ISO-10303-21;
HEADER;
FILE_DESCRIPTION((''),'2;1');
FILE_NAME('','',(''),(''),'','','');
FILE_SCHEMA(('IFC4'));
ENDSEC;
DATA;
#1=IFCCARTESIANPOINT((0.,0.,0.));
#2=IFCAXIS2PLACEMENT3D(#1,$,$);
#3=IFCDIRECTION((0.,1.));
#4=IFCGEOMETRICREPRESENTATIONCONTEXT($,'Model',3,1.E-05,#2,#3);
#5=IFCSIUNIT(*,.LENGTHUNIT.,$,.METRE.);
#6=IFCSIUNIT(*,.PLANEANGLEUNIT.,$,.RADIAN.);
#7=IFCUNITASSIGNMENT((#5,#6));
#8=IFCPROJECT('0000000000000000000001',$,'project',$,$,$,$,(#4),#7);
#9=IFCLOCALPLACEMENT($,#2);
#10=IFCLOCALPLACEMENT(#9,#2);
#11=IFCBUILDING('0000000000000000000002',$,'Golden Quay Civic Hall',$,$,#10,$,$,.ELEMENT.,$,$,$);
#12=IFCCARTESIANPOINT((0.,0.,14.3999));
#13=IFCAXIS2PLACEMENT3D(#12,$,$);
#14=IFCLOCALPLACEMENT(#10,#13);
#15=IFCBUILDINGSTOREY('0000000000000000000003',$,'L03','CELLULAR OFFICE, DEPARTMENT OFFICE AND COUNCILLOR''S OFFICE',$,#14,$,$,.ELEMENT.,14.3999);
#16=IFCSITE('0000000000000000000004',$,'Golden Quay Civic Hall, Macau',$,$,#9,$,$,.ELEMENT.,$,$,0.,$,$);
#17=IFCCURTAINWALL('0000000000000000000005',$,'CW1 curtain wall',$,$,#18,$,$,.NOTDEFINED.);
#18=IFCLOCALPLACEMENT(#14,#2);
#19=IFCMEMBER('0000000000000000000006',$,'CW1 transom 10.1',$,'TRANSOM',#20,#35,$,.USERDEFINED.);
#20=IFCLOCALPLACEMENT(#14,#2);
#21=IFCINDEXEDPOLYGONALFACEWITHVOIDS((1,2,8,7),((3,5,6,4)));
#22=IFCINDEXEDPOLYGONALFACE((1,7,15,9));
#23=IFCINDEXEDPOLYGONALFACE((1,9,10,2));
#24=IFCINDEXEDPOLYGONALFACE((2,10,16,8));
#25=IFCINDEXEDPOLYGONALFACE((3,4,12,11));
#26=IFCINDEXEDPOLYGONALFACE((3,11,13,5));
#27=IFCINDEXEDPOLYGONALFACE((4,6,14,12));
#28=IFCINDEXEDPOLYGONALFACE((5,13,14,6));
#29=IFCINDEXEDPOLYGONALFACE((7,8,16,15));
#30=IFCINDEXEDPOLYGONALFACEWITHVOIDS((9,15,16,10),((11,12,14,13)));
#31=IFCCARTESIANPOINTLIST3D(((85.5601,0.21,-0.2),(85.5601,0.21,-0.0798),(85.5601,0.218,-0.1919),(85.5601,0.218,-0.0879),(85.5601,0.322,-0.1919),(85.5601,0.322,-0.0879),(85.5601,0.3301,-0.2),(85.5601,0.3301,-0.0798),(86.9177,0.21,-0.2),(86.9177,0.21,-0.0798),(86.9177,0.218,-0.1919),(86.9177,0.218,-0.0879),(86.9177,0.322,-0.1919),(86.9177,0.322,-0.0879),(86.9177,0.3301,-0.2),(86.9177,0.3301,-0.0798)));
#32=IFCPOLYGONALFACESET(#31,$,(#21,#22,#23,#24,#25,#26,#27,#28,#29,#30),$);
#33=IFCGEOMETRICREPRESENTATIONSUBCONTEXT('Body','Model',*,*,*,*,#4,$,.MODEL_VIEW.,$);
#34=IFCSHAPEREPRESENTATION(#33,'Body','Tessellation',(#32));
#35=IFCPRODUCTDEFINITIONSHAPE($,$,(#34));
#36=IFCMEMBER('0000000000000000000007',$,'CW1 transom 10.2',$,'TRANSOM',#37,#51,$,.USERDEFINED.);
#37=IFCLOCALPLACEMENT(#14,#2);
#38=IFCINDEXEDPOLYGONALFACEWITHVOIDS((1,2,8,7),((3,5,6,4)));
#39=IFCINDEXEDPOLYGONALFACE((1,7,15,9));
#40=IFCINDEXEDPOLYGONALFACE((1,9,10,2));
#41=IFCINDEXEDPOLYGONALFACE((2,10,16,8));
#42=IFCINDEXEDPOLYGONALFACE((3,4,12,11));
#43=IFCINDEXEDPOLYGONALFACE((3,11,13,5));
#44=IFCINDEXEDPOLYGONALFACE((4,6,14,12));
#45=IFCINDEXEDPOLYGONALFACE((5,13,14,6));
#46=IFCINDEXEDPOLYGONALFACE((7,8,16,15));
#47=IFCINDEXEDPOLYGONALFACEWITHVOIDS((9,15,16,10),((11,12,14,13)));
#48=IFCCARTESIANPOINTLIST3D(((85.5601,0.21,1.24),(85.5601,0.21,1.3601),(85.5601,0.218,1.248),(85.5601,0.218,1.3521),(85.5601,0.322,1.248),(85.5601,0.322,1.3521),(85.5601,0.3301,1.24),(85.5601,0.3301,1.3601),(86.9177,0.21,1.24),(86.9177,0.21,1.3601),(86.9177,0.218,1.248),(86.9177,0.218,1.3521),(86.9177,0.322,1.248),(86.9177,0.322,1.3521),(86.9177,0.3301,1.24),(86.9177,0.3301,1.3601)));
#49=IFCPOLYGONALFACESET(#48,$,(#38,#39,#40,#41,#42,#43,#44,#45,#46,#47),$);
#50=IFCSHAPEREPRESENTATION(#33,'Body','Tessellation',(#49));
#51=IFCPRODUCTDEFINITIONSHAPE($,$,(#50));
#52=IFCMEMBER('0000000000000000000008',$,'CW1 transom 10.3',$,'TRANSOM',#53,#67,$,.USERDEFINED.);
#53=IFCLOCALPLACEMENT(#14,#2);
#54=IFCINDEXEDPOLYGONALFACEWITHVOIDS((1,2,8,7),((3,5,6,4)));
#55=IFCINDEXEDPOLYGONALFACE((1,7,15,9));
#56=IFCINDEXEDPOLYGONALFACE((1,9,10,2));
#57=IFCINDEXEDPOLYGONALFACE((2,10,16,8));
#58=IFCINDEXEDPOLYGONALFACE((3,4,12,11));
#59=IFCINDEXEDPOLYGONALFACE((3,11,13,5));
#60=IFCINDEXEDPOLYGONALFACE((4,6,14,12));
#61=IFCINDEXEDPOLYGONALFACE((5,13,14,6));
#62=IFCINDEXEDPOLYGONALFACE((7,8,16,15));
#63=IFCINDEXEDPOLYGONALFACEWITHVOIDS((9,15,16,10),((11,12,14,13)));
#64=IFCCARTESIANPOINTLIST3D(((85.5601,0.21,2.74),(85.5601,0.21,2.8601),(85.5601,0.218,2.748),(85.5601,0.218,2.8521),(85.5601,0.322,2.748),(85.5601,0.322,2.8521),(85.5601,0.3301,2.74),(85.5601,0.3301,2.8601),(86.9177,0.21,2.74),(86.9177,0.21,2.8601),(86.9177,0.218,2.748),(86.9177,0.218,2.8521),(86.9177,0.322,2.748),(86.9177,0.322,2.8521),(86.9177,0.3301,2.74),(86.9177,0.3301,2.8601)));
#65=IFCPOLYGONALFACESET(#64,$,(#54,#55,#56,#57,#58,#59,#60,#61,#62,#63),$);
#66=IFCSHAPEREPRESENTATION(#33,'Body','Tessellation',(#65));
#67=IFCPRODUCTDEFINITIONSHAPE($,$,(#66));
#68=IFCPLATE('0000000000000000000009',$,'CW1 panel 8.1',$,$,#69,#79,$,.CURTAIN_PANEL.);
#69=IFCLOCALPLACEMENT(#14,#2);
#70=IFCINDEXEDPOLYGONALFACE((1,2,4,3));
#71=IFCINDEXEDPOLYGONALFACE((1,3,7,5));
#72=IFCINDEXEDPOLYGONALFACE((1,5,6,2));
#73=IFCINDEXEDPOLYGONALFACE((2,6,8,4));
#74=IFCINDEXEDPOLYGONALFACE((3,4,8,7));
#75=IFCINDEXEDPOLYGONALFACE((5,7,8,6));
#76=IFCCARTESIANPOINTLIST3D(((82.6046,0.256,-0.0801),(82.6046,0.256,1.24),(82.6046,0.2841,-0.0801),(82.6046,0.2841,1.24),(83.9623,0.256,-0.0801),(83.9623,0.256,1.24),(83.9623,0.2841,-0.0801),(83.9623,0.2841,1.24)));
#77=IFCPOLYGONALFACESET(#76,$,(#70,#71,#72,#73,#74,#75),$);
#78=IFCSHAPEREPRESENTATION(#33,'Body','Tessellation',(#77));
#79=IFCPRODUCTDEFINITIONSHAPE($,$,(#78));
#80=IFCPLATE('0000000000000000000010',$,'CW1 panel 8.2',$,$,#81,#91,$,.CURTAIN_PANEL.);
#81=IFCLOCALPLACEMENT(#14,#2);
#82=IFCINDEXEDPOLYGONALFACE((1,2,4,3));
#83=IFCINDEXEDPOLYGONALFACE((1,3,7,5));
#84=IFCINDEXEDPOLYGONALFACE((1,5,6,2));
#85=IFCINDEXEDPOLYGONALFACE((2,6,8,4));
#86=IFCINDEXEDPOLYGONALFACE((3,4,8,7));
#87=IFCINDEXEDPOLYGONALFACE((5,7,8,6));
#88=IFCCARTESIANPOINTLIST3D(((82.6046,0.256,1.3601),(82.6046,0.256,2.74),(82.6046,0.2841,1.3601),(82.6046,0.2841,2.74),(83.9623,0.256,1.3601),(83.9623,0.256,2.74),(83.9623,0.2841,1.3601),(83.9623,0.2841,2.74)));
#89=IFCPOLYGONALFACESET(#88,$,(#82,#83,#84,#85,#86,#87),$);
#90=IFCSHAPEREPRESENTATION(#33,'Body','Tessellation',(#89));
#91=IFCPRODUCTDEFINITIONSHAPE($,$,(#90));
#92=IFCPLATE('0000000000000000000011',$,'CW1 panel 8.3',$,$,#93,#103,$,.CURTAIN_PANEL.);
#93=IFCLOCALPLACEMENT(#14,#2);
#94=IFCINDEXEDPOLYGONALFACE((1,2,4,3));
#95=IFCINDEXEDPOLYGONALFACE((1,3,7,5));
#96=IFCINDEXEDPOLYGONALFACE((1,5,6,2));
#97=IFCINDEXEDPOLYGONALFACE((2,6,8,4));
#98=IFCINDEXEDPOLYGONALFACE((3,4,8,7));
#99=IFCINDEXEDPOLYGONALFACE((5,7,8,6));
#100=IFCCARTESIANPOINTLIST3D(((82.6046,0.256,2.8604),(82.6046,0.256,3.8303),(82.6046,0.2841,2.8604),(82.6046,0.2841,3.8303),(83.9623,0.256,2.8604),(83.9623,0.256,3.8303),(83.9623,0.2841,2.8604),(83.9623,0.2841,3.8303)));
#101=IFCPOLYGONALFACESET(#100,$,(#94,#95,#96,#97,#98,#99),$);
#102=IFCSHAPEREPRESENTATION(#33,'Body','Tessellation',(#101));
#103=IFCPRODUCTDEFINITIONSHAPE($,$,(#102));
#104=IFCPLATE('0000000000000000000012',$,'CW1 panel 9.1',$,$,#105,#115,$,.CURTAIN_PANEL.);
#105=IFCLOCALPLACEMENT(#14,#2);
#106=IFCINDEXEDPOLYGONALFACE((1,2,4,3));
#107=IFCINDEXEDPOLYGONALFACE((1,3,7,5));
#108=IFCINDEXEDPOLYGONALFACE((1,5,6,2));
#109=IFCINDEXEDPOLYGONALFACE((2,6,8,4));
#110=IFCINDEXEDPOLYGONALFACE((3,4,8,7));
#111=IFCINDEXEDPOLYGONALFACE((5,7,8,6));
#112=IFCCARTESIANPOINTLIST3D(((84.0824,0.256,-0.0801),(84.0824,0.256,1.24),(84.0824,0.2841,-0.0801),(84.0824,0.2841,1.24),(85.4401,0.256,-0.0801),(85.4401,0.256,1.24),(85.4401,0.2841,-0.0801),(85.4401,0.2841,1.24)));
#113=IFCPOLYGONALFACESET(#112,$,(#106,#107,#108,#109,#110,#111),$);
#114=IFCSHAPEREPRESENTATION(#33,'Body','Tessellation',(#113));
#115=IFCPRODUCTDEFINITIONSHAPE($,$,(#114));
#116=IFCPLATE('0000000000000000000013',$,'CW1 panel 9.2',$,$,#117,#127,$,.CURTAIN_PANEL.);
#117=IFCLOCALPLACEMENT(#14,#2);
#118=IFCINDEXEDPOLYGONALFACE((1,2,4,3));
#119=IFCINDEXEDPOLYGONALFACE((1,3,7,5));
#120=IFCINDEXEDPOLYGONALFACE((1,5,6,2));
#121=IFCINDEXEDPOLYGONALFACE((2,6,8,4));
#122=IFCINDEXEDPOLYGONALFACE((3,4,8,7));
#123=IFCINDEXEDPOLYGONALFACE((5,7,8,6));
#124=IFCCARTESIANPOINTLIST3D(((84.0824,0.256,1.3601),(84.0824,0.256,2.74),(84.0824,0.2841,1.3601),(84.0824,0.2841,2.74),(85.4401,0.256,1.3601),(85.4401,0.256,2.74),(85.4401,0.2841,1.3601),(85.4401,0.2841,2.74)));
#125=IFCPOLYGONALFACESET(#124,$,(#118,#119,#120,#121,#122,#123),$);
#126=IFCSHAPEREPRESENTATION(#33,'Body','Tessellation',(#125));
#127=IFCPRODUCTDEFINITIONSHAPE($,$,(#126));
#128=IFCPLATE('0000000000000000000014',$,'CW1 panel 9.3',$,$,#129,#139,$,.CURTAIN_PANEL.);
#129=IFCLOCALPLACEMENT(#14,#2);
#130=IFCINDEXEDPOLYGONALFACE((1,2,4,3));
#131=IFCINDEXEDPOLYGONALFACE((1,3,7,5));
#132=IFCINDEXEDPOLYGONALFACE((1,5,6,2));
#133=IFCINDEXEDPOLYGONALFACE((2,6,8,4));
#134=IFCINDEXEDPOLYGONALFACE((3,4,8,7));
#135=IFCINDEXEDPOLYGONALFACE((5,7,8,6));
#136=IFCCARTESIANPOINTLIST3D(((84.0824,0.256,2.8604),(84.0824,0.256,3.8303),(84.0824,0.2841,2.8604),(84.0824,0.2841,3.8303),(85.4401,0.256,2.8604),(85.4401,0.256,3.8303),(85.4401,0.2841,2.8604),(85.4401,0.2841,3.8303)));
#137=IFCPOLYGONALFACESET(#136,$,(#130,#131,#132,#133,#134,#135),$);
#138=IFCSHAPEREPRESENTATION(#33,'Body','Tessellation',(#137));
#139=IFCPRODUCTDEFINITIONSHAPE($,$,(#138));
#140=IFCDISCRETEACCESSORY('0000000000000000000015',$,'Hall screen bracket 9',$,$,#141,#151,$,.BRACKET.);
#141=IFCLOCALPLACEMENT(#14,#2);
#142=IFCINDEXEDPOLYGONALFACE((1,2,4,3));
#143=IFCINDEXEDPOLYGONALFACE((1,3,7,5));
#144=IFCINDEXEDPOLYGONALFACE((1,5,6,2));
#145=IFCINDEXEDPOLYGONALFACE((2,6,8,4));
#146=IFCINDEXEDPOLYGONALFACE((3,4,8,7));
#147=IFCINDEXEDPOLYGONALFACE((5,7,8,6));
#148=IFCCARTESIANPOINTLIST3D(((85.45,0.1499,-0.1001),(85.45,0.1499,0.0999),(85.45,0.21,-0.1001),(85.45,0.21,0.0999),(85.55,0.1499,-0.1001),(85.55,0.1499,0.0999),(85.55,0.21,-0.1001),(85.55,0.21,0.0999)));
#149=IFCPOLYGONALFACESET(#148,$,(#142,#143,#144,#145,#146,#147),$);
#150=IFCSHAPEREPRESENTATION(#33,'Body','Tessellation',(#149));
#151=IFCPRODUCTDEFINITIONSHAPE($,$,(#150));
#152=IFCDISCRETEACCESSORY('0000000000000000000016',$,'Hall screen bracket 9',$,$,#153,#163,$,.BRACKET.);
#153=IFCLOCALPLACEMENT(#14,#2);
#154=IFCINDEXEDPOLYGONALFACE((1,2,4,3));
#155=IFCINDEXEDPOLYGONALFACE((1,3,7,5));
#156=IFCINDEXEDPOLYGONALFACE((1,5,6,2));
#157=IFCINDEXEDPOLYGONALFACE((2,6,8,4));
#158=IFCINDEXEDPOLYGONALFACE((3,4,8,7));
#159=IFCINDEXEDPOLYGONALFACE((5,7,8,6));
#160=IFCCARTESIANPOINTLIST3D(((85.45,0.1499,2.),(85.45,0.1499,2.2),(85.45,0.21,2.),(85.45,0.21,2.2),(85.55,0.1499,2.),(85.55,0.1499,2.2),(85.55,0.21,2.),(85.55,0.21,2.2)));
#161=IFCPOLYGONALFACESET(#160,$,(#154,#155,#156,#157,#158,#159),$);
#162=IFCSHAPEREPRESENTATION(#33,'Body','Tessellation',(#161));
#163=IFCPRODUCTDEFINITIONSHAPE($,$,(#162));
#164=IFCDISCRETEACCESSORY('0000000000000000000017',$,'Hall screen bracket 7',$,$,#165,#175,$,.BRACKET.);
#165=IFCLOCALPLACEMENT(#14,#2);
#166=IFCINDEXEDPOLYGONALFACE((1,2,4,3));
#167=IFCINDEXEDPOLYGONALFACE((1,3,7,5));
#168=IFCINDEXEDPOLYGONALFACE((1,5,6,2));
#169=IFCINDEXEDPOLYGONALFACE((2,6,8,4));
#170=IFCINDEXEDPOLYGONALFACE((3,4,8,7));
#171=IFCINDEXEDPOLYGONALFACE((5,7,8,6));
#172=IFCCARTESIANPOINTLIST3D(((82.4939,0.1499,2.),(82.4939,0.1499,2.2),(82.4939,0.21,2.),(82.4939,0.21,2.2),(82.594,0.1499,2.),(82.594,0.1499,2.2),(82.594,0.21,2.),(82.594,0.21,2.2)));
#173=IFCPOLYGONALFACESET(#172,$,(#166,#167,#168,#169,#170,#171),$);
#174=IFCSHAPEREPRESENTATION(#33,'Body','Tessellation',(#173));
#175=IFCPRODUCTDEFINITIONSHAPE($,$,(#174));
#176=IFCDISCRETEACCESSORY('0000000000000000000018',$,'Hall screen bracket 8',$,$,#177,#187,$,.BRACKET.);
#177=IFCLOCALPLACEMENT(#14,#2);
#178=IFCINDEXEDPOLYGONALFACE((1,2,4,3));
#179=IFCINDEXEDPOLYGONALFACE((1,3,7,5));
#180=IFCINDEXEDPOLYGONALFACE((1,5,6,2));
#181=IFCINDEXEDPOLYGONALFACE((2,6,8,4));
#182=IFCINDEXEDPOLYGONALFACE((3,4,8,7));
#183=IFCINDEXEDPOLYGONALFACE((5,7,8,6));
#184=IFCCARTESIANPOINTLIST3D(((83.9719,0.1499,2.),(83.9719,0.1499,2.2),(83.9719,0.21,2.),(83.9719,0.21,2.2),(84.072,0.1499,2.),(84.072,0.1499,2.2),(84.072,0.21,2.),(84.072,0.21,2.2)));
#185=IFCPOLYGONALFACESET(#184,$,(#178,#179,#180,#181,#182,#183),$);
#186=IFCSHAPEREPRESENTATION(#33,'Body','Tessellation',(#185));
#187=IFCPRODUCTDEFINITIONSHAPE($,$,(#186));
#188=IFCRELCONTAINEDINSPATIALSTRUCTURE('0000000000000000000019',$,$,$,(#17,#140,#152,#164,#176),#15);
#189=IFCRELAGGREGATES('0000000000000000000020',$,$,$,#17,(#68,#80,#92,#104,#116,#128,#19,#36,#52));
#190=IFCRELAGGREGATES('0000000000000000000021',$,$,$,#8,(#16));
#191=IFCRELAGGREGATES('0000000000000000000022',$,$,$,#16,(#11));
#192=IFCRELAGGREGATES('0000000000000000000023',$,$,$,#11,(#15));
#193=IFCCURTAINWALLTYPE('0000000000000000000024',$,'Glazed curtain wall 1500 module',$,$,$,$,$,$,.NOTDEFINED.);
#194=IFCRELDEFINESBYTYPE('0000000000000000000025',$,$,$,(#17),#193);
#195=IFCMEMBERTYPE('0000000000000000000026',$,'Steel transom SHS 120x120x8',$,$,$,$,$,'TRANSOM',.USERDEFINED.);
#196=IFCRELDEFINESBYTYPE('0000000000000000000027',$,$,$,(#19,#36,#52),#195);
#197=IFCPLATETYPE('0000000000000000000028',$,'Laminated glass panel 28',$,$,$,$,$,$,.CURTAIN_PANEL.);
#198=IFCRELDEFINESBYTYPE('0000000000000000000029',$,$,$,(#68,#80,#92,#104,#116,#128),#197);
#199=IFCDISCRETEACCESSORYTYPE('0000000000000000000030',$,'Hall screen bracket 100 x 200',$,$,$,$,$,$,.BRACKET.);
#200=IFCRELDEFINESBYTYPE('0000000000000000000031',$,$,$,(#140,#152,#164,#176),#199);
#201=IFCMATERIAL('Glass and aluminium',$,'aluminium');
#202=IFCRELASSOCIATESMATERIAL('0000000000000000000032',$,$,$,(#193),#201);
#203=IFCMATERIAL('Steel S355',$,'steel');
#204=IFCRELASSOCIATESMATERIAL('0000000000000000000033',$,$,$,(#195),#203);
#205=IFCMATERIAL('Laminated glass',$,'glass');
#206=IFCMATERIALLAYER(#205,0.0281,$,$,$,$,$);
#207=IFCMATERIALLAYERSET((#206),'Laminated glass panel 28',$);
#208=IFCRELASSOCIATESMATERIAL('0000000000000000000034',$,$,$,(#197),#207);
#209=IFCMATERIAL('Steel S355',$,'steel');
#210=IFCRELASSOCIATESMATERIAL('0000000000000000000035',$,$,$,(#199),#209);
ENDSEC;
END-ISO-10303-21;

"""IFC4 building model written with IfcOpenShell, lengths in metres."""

from ifc_helpers import new_model, si_unit, direction, frame, origin, origin_2d, place, context, subcontext, project, spatial, rectangle, hollow_rectangle, extrude, material, layer, layer_set, material_profile, profile_set, type_object, element, aggregate, save


model = new_model("IFC4")

# Units and contexts
model_context = context("Model", 3, precision=1e-05, world=origin(), true_north=direction((0.0, 1.0)))
body_context = subcontext(model_context, "Body", "Model", "MODEL_VIEW")
ifc_project = project(units=[si_unit("LENGTHUNIT", "METRE"), si_unit("PLANEANGLEUNIT", "RADIAN")], contexts=[model_context])

# Site, building, storey
site_placement = place(None, origin())
site = spatial("IfcSite", under=ifc_project, at=site_placement, Name="Golden Quay Civic Hall, Macau", CompositionType="ELEMENT", RefElevation=0.0)
building_placement = place(site_placement, origin())
building = spatial("IfcBuilding", under=site, at=building_placement, Name="Golden Quay Civic Hall", CompositionType="ELEMENT")
storey_placement = place(building_placement, frame((0.0, 0.0, 14.3999)))
storey = spatial("IfcBuildingStorey", under=building, at=storey_placement, Name="L03", Description="CELLULAR OFFICE, DEPARTMENT OFFICE AND COUNCILLOR'S OFFICE", CompositionType="ELEMENT", Elevation=14.3999)

# Curtain wall, members, plates
ifc_material_1 = material(Name="Glass and aluminium", Category="aluminium")
curtain_wall_type = type_object("IfcCurtainWallType", Name="Glazed curtain wall 1500 module", PredefinedType="NOTDEFINED", material=ifc_material_1)
curtain_wall_placement = place(storey_placement, origin())
curtain_wall = element("IfcCurtainWall", 1, at=curtain_wall_placement, inside=storey, type_object=curtain_wall_type, Name="CW1 curtain wall", PredefinedType="NOTDEFINED")
ifc_material_2 = material(Name="Steel S355", Category="steel")
ifc_material_profile_1 = material_profile(ifc_material_2, hollow_rectangle(XDim=0.1201, YDim=0.1201, WallThickness=0.0081, at=origin_2d()), Name="SHS 120x120x8")
ifc_profile_set_1 = profile_set([ifc_material_profile_1], Name="Steel S355")
member_type_1 = type_object("IfcMemberType", Name="Steel transom SHS 120x120x8", ElementType="TRANSOM", PredefinedType="USERDEFINED", material=ifc_profile_set_1)
member_1_placement = place(storey_placement, frame((85.5601, 0.27, -0.1399), z_axis=(1.0, 0.0, 0.0), x_axis=(0.0, 1.0, 0.0)))
member_1 = element("IfcMember", 2, at=member_1_placement, type_object=member_type_1, Name="CW1 transom 10.1", ObjectType="TRANSOM", PredefinedType="USERDEFINED", context=body_context, shape_type="SweptSolid", body=[
    extrude(hollow_rectangle(XDim=0.1201, YDim=0.1201, WallThickness=0.0081, at=origin_2d()), origin(), (0.0, 0.0, 1.0), 1.3577),
])
member_2_placement = place(storey_placement, frame((85.5601, 0.27, 1.3), z_axis=(1.0, 0.0, 0.0), x_axis=(0.0, 1.0, 0.0)))
member_2 = element("IfcMember", 3, at=member_2_placement, type_object=member_type_1, Name="CW1 transom 10.2", ObjectType="TRANSOM", PredefinedType="USERDEFINED", context=body_context, shape_type="SweptSolid", body=[
    extrude(hollow_rectangle(XDim=0.1201, YDim=0.1201, WallThickness=0.0081, at=origin_2d()), origin(), (0.0, 0.0, 1.0), 1.3577),
])
member_3_placement = place(storey_placement, frame((85.5601, 0.27, 2.8), z_axis=(1.0, 0.0, 0.0), x_axis=(0.0, 1.0, 0.0)))
member_3 = element("IfcMember", 4, at=member_3_placement, type_object=member_type_1, Name="CW1 transom 10.3", ObjectType="TRANSOM", PredefinedType="USERDEFINED", context=body_context, shape_type="SweptSolid", body=[
    extrude(hollow_rectangle(XDim=0.1201, YDim=0.1201, WallThickness=0.0081, at=origin_2d()), origin(), (0.0, 0.0, 1.0), 1.3577),
])
ifc_material_3 = material(Name="Laminated glass", Category="glass")
ifc_layer = layer(ifc_material_3, 0.0281)
ifc_layer_set = layer_set([ifc_layer], Name="Laminated glass panel 28")
plate_type = type_object("IfcPlateType", Name="Laminated glass panel 28", PredefinedType="CURTAIN_PANEL", material=ifc_layer_set)
plate_1_placement = place(storey_placement, frame((83.2834, 0.27, -0.0801), z_axis=(0.0, 0.0, 1.0), x_axis=(1.0, 0.0, 0.0)))
plate_1 = element("IfcPlate", 5, at=plate_1_placement, type_object=plate_type, Name="CW1 panel 8.1", PredefinedType="CURTAIN_PANEL", context=body_context, shape_type="SweptSolid", body=[
    extrude(rectangle(XDim=1.3577, YDim=0.0281, at=origin_2d()), origin(), (0.0, 0.0, 1.0), 1.3201),
])
plate_2_placement = place(storey_placement, frame((83.2834, 0.27, 1.3601), z_axis=(0.0, 0.0, 1.0), x_axis=(1.0, 0.0, 0.0)))
plate_2 = element("IfcPlate", 6, at=plate_2_placement, type_object=plate_type, Name="CW1 panel 8.2", PredefinedType="CURTAIN_PANEL", context=body_context, shape_type="SweptSolid", body=[
    extrude(rectangle(XDim=1.3577, YDim=0.0281, at=origin_2d()), origin(), (0.0, 0.0, 1.0), 1.3799),
])
plate_3_placement = place(storey_placement, frame((83.2834, 0.27, 2.8604), z_axis=(0.0, 0.0, 1.0), x_axis=(1.0, 0.0, 0.0)))
plate_3 = element("IfcPlate", 7, at=plate_3_placement, type_object=plate_type, Name="CW1 panel 8.3", PredefinedType="CURTAIN_PANEL", context=body_context, shape_type="SweptSolid", body=[
    extrude(rectangle(XDim=1.3577, YDim=0.0281, at=origin_2d()), origin(), (0.0, 0.0, 1.0), 0.97),
])
plate_4_placement = place(storey_placement, frame((84.7612, 0.27, -0.0801), z_axis=(0.0, 0.0, 1.0), x_axis=(1.0, 0.0, 0.0)))
plate_4 = element("IfcPlate", 8, at=plate_4_placement, type_object=plate_type, Name="CW1 panel 9.1", PredefinedType="CURTAIN_PANEL", context=body_context, shape_type="SweptSolid", body=[
    extrude(rectangle(XDim=1.3577, YDim=0.0281, at=origin_2d()), origin(), (0.0, 0.0, 1.0), 1.3201),
])
plate_5_placement = place(storey_placement, frame((84.7612, 0.27, 1.3601), z_axis=(0.0, 0.0, 1.0), x_axis=(1.0, 0.0, 0.0)))
plate_5 = element("IfcPlate", 9, at=plate_5_placement, type_object=plate_type, Name="CW1 panel 9.2", PredefinedType="CURTAIN_PANEL", context=body_context, shape_type="SweptSolid", body=[
    extrude(rectangle(XDim=1.3577, YDim=0.0281, at=origin_2d()), origin(), (0.0, 0.0, 1.0), 1.3799),
])
plate_6_placement = place(storey_placement, frame((84.7612, 0.27, 2.8604), z_axis=(0.0, 0.0, 1.0), x_axis=(1.0, 0.0, 0.0)))
plate_6 = element("IfcPlate", 10, at=plate_6_placement, type_object=plate_type, Name="CW1 panel 9.3", PredefinedType="CURTAIN_PANEL", context=body_context, shape_type="SweptSolid", body=[
    extrude(rectangle(XDim=1.3577, YDim=0.0281, at=origin_2d()), origin(), (0.0, 0.0, 1.0), 0.97),
])
aggregate(curtain_wall, [plate_1, plate_2, plate_3, plate_4, plate_5, plate_6, member_1, member_2, member_3])

# Discrete accessories
ifc_material_4 = material(Name="Steel S355", Category="steel")
discrete_accessory_type = type_object("IfcDiscreteAccessoryType", Name="Hall screen bracket 100 x 200", PredefinedType="BRACKET", material=ifc_material_4)
for number, where, z_axis, x_axis, name in (
    (11, (85.5, 0.1799, -0.1001), (0.0, 0.0, 1.0), (1.0, 0.0, 0.0), "Hall screen bracket 9"),
    (12, (85.5, 0.1799, 2.0), (0.0, 0.0, 1.0), (1.0, 0.0, 0.0), "Hall screen bracket 9"),
    (13, (82.5439, 0.1799, 2.0), (0.0, 0.0, 1.0), (1.0, 0.0, 0.0), "Hall screen bracket 7"),
    (14, (84.022, 0.1799, 2.0), (0.0, 0.0, 1.0), (1.0, 0.0, 0.0), "Hall screen bracket 8"),
):
    element("IfcDiscreteAccessory", number, at=place(storey_placement, frame(where, z_axis=z_axis, x_axis=x_axis)), inside=storey, type_object=discrete_accessory_type, Name=name, PredefinedType="BRACKET", context=body_context, shape_type="SweptSolid", body=[
        extrude(rectangle(XDim=0.1001, YDim=0.0601, at=origin_2d()), origin(), (0.0, 0.0, 1.0), 0.2),
    ])

save(model, "model.ifc")
